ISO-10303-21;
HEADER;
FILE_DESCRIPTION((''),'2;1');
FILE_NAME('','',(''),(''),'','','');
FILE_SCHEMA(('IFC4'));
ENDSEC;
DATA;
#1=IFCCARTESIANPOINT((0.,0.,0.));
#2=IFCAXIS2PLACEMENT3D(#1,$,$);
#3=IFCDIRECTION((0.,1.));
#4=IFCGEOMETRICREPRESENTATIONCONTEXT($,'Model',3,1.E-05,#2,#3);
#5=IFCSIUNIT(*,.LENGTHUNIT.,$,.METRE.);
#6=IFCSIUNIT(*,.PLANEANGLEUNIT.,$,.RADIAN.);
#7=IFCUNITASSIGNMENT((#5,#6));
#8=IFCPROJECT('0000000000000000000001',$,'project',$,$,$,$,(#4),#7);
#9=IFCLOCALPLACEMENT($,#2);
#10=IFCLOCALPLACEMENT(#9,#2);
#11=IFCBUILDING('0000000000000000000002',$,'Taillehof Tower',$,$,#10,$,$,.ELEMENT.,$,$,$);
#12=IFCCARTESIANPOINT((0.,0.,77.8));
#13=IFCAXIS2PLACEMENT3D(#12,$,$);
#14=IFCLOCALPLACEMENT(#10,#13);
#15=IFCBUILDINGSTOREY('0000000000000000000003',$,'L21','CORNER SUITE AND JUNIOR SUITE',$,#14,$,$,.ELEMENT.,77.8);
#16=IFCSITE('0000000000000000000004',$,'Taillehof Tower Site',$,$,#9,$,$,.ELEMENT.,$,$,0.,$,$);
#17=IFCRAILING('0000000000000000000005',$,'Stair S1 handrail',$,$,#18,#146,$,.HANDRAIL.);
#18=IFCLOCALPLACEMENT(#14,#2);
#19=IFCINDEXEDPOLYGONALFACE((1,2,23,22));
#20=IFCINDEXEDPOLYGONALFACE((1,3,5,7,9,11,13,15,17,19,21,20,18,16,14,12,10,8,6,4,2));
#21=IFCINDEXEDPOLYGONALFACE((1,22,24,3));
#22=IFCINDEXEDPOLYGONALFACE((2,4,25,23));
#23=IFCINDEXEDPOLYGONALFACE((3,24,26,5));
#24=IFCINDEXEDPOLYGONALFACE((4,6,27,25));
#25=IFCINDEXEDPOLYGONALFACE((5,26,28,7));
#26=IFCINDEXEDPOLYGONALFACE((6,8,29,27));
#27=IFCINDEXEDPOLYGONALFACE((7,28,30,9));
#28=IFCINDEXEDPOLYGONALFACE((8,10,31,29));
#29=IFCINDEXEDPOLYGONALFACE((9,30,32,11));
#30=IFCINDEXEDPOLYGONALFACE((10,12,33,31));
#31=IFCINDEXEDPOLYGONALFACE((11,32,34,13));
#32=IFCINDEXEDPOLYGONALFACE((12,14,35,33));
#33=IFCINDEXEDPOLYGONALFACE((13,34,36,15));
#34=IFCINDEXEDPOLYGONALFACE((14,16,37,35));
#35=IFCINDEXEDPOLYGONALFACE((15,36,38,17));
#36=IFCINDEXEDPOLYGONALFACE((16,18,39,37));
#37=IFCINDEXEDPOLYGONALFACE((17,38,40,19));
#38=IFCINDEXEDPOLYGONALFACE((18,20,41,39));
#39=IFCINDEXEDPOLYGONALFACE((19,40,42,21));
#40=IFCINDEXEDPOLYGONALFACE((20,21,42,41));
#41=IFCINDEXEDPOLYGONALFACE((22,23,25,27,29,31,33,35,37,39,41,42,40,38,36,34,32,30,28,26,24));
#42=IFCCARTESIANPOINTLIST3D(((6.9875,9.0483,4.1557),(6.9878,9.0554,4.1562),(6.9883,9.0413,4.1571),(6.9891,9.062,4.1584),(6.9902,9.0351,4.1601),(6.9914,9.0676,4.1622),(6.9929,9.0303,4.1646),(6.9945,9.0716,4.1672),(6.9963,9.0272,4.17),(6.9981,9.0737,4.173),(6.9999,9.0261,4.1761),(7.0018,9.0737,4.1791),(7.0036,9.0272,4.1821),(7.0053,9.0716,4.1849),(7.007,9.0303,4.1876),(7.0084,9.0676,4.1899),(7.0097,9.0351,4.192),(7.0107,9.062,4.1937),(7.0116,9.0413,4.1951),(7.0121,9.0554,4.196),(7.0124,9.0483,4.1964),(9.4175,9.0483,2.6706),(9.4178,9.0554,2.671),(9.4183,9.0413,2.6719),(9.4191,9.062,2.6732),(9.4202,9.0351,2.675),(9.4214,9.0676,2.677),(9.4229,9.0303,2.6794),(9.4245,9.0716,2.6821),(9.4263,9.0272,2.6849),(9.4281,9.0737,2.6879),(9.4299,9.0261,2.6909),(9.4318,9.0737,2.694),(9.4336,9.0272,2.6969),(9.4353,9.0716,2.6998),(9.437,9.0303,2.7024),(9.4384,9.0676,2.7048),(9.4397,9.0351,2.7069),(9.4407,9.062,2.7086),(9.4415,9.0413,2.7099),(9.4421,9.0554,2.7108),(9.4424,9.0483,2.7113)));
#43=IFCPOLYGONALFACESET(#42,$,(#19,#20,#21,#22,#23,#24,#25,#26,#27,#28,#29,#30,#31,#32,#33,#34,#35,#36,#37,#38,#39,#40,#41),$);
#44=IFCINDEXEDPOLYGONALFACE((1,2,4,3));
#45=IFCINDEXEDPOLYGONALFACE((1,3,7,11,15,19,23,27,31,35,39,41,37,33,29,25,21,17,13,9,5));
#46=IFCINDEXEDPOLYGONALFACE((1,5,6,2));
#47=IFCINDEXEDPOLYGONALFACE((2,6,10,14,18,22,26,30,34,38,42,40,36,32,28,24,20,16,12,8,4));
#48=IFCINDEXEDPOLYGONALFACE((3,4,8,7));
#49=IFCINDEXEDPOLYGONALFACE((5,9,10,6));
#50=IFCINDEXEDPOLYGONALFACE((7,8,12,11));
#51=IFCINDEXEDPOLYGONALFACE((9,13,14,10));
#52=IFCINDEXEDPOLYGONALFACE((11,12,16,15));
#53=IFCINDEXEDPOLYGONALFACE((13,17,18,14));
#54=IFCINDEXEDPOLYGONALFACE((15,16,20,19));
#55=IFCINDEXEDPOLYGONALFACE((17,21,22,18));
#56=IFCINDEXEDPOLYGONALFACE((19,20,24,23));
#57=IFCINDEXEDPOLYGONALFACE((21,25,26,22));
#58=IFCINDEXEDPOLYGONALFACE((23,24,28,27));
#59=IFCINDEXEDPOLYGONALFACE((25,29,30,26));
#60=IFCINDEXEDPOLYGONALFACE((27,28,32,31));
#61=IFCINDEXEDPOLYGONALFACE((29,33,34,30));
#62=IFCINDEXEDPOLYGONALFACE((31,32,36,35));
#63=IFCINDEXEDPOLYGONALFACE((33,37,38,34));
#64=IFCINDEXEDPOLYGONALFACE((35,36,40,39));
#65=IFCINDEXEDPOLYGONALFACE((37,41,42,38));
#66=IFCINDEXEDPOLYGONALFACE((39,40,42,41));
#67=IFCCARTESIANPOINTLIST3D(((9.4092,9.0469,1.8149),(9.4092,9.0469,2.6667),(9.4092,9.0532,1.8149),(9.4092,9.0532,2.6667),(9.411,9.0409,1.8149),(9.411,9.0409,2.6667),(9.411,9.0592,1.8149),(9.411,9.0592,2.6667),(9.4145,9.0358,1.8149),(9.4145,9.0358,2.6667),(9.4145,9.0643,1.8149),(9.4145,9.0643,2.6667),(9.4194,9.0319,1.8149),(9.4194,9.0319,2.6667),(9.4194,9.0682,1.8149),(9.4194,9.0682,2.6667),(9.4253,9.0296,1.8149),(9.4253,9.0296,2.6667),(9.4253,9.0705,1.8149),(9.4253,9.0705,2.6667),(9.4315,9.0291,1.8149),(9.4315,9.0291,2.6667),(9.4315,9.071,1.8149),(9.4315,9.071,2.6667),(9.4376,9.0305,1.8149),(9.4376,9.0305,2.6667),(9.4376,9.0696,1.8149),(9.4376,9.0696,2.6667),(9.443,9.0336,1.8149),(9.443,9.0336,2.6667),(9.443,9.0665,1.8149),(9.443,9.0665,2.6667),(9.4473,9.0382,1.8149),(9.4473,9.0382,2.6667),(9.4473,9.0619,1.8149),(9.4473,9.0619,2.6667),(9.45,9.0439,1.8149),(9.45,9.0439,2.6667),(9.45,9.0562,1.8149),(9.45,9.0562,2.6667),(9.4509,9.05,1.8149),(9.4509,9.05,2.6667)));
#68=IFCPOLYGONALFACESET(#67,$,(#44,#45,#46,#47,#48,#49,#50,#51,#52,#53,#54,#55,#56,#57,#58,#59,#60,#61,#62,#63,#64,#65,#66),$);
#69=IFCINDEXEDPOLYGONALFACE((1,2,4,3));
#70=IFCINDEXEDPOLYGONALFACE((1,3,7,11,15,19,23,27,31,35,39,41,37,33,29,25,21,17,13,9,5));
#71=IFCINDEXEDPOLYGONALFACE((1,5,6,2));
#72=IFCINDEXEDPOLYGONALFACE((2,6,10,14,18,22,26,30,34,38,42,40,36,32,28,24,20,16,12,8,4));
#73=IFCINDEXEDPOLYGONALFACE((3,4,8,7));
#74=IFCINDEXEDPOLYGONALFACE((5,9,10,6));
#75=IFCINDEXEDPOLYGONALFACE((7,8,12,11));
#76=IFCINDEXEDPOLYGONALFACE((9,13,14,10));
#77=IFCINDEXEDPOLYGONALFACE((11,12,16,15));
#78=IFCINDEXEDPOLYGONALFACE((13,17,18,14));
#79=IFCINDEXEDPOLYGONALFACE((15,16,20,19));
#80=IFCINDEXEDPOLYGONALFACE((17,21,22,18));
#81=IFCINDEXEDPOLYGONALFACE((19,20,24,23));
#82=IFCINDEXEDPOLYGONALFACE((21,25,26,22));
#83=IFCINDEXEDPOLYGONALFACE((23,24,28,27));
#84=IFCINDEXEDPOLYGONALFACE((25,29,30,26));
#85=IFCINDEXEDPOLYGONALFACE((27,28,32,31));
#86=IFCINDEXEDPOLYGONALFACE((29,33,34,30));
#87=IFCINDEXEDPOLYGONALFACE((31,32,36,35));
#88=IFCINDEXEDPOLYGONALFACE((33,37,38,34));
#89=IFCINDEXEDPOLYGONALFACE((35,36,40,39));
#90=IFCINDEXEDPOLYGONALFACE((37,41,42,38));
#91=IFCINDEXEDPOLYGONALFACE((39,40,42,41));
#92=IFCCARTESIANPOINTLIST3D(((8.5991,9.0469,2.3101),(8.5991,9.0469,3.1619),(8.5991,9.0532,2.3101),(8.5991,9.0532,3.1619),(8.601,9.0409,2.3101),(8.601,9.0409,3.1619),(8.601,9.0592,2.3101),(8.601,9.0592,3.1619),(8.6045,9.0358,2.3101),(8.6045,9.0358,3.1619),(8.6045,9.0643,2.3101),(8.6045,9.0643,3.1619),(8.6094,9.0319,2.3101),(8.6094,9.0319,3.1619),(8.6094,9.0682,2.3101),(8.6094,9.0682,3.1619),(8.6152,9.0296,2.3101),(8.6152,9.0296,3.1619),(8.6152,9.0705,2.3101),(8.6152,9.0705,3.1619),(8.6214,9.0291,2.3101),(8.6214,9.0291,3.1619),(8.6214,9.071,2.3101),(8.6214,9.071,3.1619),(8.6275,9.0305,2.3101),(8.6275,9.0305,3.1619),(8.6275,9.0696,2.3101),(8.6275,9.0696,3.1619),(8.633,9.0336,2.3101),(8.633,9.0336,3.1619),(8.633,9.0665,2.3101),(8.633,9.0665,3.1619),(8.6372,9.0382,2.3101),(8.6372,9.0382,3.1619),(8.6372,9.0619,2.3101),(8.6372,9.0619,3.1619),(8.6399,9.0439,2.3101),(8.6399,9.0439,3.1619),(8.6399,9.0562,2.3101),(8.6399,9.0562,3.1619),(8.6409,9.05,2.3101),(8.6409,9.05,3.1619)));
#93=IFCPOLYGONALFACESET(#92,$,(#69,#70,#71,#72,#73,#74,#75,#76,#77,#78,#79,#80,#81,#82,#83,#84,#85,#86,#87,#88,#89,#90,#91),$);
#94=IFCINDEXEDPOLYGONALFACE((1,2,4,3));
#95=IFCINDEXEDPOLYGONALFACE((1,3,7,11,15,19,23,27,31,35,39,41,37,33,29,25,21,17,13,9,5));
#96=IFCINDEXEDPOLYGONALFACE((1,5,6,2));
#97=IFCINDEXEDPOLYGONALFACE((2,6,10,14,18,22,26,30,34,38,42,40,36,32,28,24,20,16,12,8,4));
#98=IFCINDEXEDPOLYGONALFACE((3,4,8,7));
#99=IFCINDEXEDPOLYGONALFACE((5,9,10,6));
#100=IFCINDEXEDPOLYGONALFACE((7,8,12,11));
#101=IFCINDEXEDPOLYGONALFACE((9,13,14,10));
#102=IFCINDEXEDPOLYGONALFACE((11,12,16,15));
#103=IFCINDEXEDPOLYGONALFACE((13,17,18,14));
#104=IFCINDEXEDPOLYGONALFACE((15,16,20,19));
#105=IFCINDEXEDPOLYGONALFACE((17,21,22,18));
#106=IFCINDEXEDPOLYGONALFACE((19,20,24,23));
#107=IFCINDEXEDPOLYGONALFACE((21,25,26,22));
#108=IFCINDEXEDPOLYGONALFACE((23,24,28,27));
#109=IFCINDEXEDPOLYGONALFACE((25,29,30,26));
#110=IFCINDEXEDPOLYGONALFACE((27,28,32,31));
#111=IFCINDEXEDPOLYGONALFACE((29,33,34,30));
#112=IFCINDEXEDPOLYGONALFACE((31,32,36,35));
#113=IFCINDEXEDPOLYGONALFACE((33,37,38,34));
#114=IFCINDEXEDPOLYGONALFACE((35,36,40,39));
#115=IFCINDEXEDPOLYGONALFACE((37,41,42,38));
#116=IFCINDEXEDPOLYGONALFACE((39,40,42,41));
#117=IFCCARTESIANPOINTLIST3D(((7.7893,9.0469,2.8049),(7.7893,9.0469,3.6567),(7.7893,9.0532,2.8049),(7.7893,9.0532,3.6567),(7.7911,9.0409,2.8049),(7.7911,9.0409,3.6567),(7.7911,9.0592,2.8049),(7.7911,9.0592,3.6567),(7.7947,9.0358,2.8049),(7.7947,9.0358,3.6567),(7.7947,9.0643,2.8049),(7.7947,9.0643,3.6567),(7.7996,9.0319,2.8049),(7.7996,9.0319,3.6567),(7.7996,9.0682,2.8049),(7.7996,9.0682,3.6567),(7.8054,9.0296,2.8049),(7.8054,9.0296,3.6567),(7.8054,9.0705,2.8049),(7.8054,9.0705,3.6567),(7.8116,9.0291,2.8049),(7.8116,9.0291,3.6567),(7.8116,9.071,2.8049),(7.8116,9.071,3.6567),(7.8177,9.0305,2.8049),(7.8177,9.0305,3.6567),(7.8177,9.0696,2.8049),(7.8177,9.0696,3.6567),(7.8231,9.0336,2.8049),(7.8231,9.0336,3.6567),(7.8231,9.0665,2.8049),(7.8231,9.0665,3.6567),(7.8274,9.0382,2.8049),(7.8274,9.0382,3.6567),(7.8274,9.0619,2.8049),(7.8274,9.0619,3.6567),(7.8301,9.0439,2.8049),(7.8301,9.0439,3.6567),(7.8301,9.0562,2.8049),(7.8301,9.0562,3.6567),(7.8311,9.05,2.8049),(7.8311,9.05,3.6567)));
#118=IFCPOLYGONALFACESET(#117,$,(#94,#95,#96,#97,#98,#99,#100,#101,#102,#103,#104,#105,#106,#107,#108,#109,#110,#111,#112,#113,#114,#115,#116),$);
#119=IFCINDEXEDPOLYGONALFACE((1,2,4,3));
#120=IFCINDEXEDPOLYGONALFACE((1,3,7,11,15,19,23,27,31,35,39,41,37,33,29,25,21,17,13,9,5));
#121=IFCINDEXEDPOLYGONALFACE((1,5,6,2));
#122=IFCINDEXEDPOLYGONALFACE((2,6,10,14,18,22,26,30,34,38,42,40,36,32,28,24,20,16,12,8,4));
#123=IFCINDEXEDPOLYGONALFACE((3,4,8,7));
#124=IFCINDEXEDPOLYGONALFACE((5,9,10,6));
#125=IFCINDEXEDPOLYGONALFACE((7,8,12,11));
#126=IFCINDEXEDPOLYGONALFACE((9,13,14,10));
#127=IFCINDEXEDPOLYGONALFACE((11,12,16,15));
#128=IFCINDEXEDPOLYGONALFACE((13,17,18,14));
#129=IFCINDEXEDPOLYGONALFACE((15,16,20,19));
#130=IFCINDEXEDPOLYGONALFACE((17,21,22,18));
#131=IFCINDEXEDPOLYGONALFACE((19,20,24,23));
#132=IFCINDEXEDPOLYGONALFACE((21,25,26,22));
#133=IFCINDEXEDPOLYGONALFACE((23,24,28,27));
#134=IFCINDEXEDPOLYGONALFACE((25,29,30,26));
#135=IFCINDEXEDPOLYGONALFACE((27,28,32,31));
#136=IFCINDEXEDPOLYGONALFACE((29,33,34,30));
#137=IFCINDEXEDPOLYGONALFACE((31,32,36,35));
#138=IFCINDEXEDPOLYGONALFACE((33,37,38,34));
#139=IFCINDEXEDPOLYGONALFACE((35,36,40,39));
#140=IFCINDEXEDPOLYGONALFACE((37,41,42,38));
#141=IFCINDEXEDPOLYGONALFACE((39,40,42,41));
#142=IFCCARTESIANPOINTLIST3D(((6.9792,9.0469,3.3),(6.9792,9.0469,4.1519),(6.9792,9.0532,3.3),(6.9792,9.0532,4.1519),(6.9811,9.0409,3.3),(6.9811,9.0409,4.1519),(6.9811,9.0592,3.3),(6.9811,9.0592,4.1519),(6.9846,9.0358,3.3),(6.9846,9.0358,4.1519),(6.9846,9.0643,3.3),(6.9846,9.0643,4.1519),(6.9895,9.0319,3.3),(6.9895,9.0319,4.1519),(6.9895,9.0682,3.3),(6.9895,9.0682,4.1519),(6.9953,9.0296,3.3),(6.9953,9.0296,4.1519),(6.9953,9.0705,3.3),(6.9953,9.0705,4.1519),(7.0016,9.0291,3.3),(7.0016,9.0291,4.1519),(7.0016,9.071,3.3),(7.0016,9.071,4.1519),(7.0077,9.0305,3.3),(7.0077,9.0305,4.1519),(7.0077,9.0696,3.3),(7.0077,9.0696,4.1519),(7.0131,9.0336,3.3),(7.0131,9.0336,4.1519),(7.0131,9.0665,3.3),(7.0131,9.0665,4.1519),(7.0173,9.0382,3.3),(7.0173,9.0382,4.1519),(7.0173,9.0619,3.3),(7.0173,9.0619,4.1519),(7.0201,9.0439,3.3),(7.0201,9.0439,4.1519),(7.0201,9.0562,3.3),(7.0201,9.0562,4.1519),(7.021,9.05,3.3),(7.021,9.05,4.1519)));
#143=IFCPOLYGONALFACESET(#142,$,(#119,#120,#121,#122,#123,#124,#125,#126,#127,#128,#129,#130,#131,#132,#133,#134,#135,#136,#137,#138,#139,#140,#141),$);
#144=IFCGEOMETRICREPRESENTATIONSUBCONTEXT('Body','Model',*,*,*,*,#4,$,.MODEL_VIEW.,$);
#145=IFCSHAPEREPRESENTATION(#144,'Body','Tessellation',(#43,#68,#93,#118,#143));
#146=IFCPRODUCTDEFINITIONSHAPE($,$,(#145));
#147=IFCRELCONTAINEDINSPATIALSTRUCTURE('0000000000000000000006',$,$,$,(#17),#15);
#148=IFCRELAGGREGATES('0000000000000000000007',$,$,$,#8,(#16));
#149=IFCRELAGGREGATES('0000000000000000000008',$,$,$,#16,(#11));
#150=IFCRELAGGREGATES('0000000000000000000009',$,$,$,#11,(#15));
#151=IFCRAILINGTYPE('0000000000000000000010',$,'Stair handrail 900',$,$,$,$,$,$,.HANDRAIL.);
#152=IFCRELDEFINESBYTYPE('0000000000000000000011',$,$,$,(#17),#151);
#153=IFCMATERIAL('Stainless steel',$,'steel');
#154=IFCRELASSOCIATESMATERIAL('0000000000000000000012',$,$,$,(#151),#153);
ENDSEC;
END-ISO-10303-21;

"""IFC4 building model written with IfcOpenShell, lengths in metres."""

from ifc_helpers import new_model, si_unit, direction, frame, origin, origin_2d, place, context, subcontext, project, spatial, circle, extrude, material, type_object, element, save


model = new_model("IFC4")

# Units and contexts
model_context = context("Model", 3, precision=1e-05, world=origin(), true_north=direction((0.0, 1.0)))
body_context = subcontext(model_context, "Body", "Model", "MODEL_VIEW")
ifc_project = project(units=[si_unit("LENGTHUNIT", "METRE"), si_unit("PLANEANGLEUNIT", "RADIAN")], contexts=[model_context])

# Site, building, storey
site_placement = place(None, origin())
site = spatial("IfcSite", under=ifc_project, at=site_placement, Name="Taillehof Tower Site", CompositionType="ELEMENT", RefElevation=0.0)
building_placement = place(site_placement, origin())
building = spatial("IfcBuilding", under=site, at=building_placement, Name="Taillehof Tower", CompositionType="ELEMENT")
storey_placement = place(building_placement, frame((0.0, 0.0, 77.8)))
storey = spatial("IfcBuildingStorey", under=building, at=storey_placement, Name="L21", Description="CORNER SUITE AND JUNIOR SUITE", CompositionType="ELEMENT", Elevation=77.8)

# Railing
ifc_material_1 = material(Name="Stainless steel", Category="steel")
railing_type = type_object("IfcRailingType", Name="Stair handrail 900", PredefinedType="HANDRAIL", material=ifc_material_1)
railing_placement = place(storey_placement, frame((9.4299, 9.05, 1.8149)))
element("IfcRailing", 1, at=railing_placement, inside=storey, type_object=railing_type, Name="Stair S1 handrail", PredefinedType="HANDRAIL", context=body_context, shape_type="SweptSolid", body=[
    extrude(circle(Radius=0.0239, at=origin_2d()), frame((0.0, 0.0, 0.876), z_axis=(-0.853259, 0.0, 0.521488), x_axis=(0.0, -1.0, 0.0)), (0.0, 0.0, 1.0), 2.8479),
    extrude(circle(Radius=0.021, at=origin_2d()), origin(), (0.0, 0.0, 1.0), 0.8518),
    extrude(circle(Radius=0.021, at=origin_2d()), frame((-0.8101, 0.0, 0.4951)), (0.0, 0.0, 1.0), 0.8518),
    extrude(circle(Radius=0.021, at=origin_2d()), frame((-1.6199, 0.0, 0.99)), (0.0, 0.0, 1.0), 0.8518),
    extrude(circle(Radius=0.021, at=origin_2d()), frame((-2.4299, 0.0, 1.4851)), (0.0, 0.0, 1.0), 0.8518),
])

save(model, "model.ifc")
